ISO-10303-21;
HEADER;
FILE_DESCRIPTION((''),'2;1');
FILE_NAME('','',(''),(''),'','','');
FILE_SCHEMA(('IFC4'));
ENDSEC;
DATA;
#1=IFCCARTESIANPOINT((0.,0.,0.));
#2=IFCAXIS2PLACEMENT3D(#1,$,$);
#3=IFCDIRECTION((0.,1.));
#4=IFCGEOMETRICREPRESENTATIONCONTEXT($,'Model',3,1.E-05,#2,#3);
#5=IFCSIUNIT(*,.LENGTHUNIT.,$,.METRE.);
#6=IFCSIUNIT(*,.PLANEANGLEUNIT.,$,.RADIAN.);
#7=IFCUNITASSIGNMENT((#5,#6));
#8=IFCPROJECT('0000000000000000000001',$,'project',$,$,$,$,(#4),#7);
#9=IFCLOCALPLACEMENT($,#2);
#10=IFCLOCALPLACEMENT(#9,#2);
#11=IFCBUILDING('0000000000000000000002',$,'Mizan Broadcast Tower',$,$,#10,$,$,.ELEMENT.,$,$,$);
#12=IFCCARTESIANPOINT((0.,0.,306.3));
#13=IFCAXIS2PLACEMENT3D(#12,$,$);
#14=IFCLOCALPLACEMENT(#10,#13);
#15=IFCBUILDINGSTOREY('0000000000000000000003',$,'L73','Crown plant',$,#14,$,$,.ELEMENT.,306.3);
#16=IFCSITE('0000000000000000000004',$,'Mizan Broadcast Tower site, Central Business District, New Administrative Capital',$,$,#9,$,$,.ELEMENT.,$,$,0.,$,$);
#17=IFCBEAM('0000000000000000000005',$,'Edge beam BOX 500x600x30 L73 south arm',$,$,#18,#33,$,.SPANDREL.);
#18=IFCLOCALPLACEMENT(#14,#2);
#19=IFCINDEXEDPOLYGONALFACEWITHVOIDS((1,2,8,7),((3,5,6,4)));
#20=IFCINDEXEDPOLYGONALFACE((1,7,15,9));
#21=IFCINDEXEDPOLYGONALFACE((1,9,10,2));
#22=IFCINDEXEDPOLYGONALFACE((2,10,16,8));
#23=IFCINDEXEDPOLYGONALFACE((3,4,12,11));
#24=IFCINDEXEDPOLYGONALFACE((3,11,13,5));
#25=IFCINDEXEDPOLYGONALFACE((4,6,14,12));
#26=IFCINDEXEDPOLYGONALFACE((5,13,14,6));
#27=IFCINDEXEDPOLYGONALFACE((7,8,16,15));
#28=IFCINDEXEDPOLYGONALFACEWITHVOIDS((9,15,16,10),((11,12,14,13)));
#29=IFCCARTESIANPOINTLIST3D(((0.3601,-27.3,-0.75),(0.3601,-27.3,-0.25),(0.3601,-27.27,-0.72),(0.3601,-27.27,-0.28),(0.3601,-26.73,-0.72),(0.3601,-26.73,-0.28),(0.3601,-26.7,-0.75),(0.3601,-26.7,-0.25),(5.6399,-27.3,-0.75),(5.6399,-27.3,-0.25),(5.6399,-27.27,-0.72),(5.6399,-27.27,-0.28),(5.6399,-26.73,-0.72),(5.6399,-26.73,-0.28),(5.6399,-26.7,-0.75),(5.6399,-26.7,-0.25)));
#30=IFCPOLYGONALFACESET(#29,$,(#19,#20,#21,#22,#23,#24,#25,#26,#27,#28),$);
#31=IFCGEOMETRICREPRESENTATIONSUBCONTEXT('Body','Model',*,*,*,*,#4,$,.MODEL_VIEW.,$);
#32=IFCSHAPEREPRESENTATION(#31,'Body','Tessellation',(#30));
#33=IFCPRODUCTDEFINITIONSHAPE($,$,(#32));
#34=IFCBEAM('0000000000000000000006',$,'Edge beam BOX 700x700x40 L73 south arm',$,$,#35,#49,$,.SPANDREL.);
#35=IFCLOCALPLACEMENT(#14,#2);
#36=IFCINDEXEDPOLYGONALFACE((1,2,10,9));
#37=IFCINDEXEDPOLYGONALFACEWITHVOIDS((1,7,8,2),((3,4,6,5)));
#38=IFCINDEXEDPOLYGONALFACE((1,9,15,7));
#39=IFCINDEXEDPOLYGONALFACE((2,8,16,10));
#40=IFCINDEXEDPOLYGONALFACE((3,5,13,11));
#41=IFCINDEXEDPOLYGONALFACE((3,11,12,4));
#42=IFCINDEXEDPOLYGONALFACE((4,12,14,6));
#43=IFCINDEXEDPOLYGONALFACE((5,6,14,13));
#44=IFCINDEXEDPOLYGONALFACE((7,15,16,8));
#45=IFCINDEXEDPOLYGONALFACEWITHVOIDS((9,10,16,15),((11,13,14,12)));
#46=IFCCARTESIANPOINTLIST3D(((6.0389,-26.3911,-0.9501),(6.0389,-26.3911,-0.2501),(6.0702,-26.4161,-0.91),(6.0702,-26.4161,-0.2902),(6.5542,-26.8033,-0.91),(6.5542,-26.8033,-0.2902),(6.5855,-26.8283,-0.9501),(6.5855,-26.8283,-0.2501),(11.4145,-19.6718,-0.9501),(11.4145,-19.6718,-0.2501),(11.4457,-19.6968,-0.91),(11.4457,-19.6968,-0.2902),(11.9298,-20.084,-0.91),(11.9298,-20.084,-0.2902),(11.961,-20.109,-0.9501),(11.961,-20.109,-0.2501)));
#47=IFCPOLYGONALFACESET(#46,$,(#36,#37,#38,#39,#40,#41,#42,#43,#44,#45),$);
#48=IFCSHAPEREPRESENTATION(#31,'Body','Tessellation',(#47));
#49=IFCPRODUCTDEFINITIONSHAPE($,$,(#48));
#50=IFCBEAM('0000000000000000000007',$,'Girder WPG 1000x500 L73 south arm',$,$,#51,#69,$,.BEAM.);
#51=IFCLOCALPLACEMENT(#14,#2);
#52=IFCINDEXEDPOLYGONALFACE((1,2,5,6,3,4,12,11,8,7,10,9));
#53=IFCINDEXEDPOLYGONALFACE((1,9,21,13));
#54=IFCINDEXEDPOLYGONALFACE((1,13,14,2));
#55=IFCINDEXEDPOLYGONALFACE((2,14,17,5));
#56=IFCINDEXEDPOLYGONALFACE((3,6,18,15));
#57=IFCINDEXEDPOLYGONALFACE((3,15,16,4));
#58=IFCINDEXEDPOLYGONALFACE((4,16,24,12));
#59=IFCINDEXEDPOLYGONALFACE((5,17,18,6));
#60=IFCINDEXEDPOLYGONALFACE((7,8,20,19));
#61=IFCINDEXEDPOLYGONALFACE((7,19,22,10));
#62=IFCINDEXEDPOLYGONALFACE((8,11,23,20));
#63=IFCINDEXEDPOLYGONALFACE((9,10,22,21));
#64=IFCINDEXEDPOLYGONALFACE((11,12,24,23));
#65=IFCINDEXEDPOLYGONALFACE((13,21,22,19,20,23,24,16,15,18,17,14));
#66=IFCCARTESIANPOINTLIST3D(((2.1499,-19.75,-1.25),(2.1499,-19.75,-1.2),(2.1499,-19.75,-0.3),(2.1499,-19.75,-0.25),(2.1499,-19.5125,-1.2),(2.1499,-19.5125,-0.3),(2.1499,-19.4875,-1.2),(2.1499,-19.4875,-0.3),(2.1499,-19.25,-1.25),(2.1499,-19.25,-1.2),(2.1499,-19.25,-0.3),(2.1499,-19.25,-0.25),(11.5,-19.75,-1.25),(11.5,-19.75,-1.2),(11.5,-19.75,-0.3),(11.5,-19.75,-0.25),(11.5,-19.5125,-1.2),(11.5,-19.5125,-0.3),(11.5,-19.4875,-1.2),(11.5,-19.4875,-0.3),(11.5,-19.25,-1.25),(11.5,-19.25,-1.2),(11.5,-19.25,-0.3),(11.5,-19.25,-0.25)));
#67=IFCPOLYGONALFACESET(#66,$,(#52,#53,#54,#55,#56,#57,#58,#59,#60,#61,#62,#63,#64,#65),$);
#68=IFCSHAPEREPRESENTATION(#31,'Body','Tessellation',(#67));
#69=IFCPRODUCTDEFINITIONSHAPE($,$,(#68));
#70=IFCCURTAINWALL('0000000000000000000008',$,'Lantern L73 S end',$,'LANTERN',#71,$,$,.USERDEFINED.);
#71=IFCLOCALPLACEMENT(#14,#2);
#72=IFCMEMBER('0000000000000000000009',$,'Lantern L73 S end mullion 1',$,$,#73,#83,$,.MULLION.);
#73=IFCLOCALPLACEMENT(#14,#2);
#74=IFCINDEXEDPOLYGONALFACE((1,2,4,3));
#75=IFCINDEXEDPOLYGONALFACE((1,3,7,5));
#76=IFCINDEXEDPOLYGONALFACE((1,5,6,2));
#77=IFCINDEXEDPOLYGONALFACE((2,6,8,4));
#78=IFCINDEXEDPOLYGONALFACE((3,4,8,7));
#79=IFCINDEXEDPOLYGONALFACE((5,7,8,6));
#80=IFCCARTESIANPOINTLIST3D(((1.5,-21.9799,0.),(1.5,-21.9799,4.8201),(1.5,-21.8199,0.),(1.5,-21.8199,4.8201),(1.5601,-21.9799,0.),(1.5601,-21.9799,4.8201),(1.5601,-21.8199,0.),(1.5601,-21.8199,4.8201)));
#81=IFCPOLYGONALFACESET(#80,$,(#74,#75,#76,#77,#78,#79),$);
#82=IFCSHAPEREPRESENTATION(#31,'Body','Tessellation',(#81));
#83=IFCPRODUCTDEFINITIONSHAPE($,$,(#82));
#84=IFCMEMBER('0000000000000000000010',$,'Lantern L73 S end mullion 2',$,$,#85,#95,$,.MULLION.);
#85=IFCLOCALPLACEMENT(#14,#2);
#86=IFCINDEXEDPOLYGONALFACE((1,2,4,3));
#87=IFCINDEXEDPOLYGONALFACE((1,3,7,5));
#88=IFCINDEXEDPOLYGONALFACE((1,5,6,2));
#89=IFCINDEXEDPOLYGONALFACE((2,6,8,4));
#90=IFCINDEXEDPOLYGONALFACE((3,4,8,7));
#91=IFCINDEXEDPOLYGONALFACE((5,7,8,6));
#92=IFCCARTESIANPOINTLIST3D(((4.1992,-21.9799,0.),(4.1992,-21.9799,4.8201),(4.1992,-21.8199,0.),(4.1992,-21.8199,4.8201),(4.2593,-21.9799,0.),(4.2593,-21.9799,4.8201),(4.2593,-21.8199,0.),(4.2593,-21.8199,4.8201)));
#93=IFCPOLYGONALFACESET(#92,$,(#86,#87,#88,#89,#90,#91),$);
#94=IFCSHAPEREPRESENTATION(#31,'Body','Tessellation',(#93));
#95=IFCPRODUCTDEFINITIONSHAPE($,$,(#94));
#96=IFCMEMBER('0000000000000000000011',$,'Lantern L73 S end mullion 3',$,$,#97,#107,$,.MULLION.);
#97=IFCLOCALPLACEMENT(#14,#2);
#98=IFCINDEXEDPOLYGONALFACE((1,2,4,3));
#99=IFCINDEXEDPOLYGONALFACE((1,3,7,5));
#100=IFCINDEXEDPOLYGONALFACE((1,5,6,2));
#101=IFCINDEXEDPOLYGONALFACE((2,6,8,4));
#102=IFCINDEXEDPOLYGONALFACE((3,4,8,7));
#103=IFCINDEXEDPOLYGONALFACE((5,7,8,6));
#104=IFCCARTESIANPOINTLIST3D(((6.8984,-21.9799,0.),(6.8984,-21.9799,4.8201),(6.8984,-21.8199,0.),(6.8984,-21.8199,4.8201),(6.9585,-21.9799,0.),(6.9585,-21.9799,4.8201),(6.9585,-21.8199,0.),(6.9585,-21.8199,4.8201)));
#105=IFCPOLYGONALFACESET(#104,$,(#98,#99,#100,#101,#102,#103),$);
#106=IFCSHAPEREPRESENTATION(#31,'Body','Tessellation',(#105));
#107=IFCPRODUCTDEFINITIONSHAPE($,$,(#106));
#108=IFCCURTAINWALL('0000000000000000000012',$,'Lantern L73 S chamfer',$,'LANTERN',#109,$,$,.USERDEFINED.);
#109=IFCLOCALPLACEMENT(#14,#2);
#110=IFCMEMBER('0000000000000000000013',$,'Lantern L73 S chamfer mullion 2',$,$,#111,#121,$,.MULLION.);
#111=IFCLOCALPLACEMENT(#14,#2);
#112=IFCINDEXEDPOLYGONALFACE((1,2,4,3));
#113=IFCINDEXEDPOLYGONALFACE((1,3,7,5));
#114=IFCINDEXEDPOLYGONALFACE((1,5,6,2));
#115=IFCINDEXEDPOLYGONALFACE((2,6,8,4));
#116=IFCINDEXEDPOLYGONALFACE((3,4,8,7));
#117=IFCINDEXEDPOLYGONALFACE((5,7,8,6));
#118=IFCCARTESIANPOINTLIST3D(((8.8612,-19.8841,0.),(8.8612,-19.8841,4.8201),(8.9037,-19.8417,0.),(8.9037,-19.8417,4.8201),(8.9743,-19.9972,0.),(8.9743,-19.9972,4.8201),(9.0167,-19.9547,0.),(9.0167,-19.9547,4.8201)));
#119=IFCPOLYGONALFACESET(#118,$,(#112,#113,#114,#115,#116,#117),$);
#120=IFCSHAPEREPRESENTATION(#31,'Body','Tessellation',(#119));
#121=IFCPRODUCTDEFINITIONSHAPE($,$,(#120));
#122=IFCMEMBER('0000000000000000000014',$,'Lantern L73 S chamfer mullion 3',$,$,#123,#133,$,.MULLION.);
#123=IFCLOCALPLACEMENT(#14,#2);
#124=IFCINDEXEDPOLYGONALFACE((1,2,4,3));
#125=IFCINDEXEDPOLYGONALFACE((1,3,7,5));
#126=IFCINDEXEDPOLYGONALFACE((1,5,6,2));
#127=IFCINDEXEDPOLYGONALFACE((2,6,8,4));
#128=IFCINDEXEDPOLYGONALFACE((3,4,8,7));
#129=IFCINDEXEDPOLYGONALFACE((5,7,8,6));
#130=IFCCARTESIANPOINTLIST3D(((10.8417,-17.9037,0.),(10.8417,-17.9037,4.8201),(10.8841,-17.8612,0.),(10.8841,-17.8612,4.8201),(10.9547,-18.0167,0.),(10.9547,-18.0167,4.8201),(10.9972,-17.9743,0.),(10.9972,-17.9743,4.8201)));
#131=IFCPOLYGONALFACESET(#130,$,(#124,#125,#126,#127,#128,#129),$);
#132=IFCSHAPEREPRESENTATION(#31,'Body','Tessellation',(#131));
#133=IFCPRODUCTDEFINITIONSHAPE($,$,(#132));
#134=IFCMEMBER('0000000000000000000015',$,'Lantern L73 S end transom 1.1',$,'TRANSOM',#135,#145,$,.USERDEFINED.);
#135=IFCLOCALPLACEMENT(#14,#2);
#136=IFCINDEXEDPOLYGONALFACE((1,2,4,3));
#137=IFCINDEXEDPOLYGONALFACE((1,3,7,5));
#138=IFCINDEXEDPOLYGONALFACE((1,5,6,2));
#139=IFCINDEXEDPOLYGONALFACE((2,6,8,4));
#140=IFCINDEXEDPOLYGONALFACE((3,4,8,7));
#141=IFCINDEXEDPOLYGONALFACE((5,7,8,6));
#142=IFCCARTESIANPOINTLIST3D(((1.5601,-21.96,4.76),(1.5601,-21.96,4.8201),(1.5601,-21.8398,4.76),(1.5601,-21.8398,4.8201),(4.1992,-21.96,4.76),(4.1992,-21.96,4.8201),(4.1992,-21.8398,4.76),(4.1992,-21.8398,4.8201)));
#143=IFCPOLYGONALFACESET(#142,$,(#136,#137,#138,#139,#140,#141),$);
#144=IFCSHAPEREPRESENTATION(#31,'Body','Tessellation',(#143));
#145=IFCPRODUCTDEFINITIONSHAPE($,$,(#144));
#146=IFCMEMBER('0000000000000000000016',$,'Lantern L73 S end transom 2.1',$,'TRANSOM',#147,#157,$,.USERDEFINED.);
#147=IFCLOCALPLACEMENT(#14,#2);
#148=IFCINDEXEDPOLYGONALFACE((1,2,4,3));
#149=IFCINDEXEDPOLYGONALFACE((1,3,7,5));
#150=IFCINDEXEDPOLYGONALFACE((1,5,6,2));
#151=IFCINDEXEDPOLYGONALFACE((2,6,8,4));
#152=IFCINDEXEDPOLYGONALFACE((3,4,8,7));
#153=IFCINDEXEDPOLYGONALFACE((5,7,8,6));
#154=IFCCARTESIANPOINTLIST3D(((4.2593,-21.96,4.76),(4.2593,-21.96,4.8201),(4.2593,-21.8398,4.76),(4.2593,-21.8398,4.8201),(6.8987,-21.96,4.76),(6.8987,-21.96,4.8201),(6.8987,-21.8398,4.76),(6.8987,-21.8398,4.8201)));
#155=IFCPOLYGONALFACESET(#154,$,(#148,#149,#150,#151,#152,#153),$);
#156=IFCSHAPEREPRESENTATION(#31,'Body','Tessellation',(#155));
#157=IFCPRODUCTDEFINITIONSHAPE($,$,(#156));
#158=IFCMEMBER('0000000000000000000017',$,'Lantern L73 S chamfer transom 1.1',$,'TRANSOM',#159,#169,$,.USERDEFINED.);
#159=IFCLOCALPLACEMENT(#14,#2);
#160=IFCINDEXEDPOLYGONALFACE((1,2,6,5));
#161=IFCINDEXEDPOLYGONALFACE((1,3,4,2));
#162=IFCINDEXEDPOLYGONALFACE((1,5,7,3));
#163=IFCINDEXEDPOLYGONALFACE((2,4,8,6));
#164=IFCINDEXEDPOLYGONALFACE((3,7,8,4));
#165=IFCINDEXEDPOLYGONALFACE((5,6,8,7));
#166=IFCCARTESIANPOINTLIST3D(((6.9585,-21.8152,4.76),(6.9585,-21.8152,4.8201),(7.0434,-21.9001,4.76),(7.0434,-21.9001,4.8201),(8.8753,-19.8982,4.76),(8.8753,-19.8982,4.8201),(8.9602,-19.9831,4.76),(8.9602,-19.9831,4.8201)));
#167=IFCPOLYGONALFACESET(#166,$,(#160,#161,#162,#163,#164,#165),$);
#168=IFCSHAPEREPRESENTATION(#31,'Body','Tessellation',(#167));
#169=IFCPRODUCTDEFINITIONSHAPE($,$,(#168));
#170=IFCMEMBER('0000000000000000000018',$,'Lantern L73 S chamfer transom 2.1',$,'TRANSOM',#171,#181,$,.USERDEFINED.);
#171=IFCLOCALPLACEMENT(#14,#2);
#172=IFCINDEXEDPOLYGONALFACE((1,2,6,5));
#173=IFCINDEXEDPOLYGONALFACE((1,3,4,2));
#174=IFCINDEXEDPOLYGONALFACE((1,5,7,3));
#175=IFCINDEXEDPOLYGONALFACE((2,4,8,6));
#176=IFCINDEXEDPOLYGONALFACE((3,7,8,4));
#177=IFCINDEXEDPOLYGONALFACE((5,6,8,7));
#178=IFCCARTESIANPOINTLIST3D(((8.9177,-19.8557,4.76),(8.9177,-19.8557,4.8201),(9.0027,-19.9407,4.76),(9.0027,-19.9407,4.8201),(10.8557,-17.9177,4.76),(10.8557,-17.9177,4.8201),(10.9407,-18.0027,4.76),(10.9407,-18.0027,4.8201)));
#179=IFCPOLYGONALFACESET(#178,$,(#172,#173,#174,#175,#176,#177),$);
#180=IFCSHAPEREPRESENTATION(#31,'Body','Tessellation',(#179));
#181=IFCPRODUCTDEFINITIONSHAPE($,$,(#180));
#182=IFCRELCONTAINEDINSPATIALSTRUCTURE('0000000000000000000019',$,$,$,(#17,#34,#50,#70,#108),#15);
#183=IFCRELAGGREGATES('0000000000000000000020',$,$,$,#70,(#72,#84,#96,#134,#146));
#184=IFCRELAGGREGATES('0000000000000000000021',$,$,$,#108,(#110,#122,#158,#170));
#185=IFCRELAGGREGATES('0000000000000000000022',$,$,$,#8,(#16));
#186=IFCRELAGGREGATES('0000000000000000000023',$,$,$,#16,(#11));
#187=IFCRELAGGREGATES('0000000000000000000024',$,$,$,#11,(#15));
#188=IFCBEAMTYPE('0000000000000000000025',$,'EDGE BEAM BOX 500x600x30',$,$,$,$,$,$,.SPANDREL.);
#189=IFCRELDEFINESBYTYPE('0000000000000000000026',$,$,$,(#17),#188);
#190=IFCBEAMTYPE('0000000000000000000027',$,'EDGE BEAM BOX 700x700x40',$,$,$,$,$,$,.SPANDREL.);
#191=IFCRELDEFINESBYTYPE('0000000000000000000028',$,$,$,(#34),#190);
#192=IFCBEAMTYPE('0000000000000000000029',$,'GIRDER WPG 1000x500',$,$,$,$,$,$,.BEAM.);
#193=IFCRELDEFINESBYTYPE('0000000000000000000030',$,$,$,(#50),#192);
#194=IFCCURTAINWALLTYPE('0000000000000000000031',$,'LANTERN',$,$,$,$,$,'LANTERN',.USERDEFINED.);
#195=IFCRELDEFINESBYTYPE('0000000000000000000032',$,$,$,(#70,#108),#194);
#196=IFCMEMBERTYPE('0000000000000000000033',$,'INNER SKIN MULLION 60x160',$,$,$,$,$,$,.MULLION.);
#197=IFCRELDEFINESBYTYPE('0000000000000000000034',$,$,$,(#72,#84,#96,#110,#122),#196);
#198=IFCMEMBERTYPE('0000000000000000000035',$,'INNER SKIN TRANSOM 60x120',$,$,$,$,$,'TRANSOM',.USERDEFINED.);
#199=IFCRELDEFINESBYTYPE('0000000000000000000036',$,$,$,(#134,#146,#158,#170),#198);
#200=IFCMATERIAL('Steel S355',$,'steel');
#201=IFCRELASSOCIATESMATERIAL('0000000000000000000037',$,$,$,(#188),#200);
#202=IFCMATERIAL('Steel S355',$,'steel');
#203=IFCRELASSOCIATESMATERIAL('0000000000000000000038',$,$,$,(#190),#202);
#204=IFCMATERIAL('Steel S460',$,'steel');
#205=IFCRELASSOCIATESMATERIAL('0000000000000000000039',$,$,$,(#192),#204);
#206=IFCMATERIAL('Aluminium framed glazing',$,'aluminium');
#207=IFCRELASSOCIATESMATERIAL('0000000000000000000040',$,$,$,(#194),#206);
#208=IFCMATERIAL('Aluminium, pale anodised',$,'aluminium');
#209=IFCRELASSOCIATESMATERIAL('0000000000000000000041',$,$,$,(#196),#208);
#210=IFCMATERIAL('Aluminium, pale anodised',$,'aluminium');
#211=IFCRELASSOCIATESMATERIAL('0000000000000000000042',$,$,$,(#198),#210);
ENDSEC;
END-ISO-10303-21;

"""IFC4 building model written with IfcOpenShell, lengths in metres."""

from ifc_helpers import new_model, si_unit, direction, frame, origin, origin_2d, place, context, subcontext, project, spatial, rectangle, hollow_rectangle, i_section, extrude, material, material_profile, profile_set, type_object, element, aggregate, save


model = new_model("IFC4")

# Units and contexts
model_context = context("Model", 3, precision=1e-05, world=origin(), true_north=direction((0.0, 1.0)))
body_context = subcontext(model_context, "Body", "Model", "MODEL_VIEW")
ifc_project = project(units=[si_unit("LENGTHUNIT", "METRE"), si_unit("PLANEANGLEUNIT", "RADIAN")], contexts=[model_context])

# Site, building, storey
site_placement = place(None, origin())
site = spatial("IfcSite", under=ifc_project, at=site_placement, Name="Mizan Broadcast Tower site, Central Business District, New Administrative Capital", CompositionType="ELEMENT", RefElevation=0.0)
building_placement = place(site_placement, origin())
building = spatial("IfcBuilding", under=site, at=building_placement, Name="Mizan Broadcast Tower", CompositionType="ELEMENT")
storey_placement = place(building_placement, frame((0.0, 0.0, 306.3)))
storey = spatial("IfcBuildingStorey", under=building, at=storey_placement, Name="L73", Description="Crown plant", CompositionType="ELEMENT", Elevation=306.3)

# Beams
ifc_material_1 = material(Name="Steel S355", Category="steel")
ifc_material_profile_1 = material_profile(ifc_material_1, hollow_rectangle(XDim=0.6001, YDim=0.5, WallThickness=0.03, at=origin_2d()), Name="BOX 500x600x30")
ifc_profile_set_1 = profile_set([ifc_material_profile_1], Name="Steel S355")
beam_type_1 = type_object("IfcBeamType", Name="EDGE BEAM BOX 500x600x30", PredefinedType="SPANDREL", material=ifc_profile_set_1)
beam_1_placement = place(storey_placement, frame((5.6399, -27.0, -0.5), z_axis=(-1.0, 0.0, 0.0), x_axis=(0.0, -1.0, 0.0)))
element("IfcBeam", 1, at=beam_1_placement, inside=storey, type_object=beam_type_1, Name="Edge beam BOX 500x600x30 L73 south arm", PredefinedType="SPANDREL", context=body_context, shape_type="SweptSolid", body=[
    extrude(hollow_rectangle(XDim=0.6001, YDim=0.5, WallThickness=0.03, at=origin_2d()), origin(), (0.0, 0.0, 1.0), 5.2798),
])
ifc_material_2 = material(Name="Steel S355", Category="steel")
ifc_material_profile_2 = material_profile(ifc_material_2, hollow_rectangle(XDim=0.7, YDim=0.7, WallThickness=0.04, at=origin_2d()), Name="BOX 700x700x40")
ifc_profile_set_2 = profile_set([ifc_material_profile_2], Name="Steel S355")
beam_type_2 = type_object("IfcBeamType", Name="EDGE BEAM BOX 700x700x40", PredefinedType="SPANDREL", material=ifc_profile_set_2)
beam_2_placement = place(storey_placement, frame((11.6877, -19.8904, -0.6001), z_axis=(-0.624702, -0.780863, 0.0), x_axis=(0.780863, -0.624702, 0.0)))
element("IfcBeam", 2, at=beam_2_placement, inside=storey, type_object=beam_type_2, Name="Edge beam BOX 700x700x40 L73 south arm", PredefinedType="SPANDREL", context=body_context, shape_type="SweptSolid", body=[
    extrude(hollow_rectangle(XDim=0.7, YDim=0.7, WallThickness=0.04, at=origin_2d()), origin(), (0.0, 0.0, 1.0), 8.605),
])
ifc_material_3 = material(Name="Steel S460", Category="steel")
ifc_material_profile_3 = material_profile(ifc_material_3, i_section(OverallWidth=0.5, OverallDepth=1.0, WebThickness=0.0249, FlangeThickness=0.05, at=origin_2d()), Name="WPG 1000x500")
ifc_profile_set_3 = profile_set([ifc_material_profile_3], Name="Steel S460")
beam_type_3 = type_object("IfcBeamType", Name="GIRDER WPG 1000x500", PredefinedType="BEAM", material=ifc_profile_set_3)
beam_3_placement = place(storey_placement, frame((11.5, -19.5, -0.75), z_axis=(-1.0, 0.0, 0.0), x_axis=(0.0, -1.0, 0.0)))
element("IfcBeam", 3, at=beam_3_placement, inside=storey, type_object=beam_type_3, Name="Girder WPG 1000x500 L73 south arm", PredefinedType="BEAM", context=body_context, shape_type="SweptSolid", body=[
    extrude(i_section(OverallWidth=0.5, OverallDepth=1.0, WebThickness=0.0249, FlangeThickness=0.05, at=origin_2d()), origin(), (0.0, 0.0, 1.0), 9.3501),
])

# Curtain walls, members
ifc_material_4 = material(Name="Aluminium framed glazing", Category="aluminium")
curtain_wall_type = type_object("IfcCurtainWallType", Name="LANTERN", ElementType="LANTERN", PredefinedType="USERDEFINED", material=ifc_material_4)
curtain_wall_1_placement = place(storey_placement, origin())
curtain_wall_1 = element("IfcCurtainWall", 4, at=curtain_wall_1_placement, inside=storey, type_object=curtain_wall_type, Name="Lantern L73 S end", ObjectType="LANTERN", PredefinedType="USERDEFINED")
ifc_material_5 = material(Name="Aluminium, pale anodised", Category="aluminium")
ifc_material_profile_4 = material_profile(ifc_material_5, rectangle(XDim=0.1599, YDim=0.0601, at=origin_2d()), Name="MULLION 160x60")
ifc_profile_set_4 = profile_set([ifc_material_profile_4], Name="Aluminium, pale anodised")
member_type_1 = type_object("IfcMemberType", Name="INNER SKIN MULLION 60x160", PredefinedType="MULLION", material=ifc_profile_set_4)
member_1_placement = place(storey_placement, frame((1.53, -21.8999, 0.0), z_axis=(0.0, 0.0, 1.0), x_axis=(0.0, 1.0, 0.0)))
member_1 = element("IfcMember", 5, at=member_1_placement, type_object=member_type_1, Name="Lantern L73 S end mullion 1", PredefinedType="MULLION", context=body_context, shape_type="SweptSolid", body=[
    extrude(rectangle(XDim=0.1599, YDim=0.0601, at=origin_2d()), origin(), (0.0, 0.0, 1.0), 4.8201),
])
member_2_placement = place(storey_placement, frame((4.2292, -21.8999, 0.0), z_axis=(0.0, 0.0, 1.0), x_axis=(0.0, 1.0, 0.0)))
member_2 = element("IfcMember", 6, at=member_2_placement, type_object=member_type_1, Name="Lantern L73 S end mullion 2", PredefinedType="MULLION", context=body_context, shape_type="SweptSolid", body=[
    extrude(rectangle(XDim=0.1599, YDim=0.0601, at=origin_2d()), origin(), (0.0, 0.0, 1.0), 4.8201),
])
member_3_placement = place(storey_placement, frame((6.9285, -21.8999, 0.0), z_axis=(0.0, 0.0, 1.0), x_axis=(0.0, 1.0, 0.0)))
member_3 = element("IfcMember", 7, at=member_3_placement, type_object=member_type_1, Name="Lantern L73 S end mullion 3", PredefinedType="MULLION", context=body_context, shape_type="SweptSolid", body=[
    extrude(rectangle(XDim=0.1599, YDim=0.0601, at=origin_2d()), origin(), (0.0, 0.0, 1.0), 4.8201),
])
curtain_wall_2_placement = place(storey_placement, origin())
curtain_wall_2 = element("IfcCurtainWall", 8, at=curtain_wall_2_placement, inside=storey, type_object=curtain_wall_type, Name="Lantern L73 S chamfer", ObjectType="LANTERN", PredefinedType="USERDEFINED")
member_4_placement = place(storey_placement, frame((8.939, -19.9194, 0.0), z_axis=(0.0, 0.0, 1.0), x_axis=(-0.707107, 0.707107, 0.0)))
member_4 = element("IfcMember", 9, at=member_4_placement, type_object=member_type_1, Name="Lantern L73 S chamfer mullion 2", PredefinedType="MULLION", context=body_context, shape_type="SweptSolid", body=[
    extrude(rectangle(XDim=0.1599, YDim=0.0601, at=origin_2d()), origin(), (0.0, 0.0, 1.0), 4.8201),
])
member_5_placement = place(storey_placement, frame((10.9194, -17.939, 0.0), z_axis=(0.0, 0.0, 1.0), x_axis=(-0.707107, 0.707107, 0.0)))
member_5 = element("IfcMember", 10, at=member_5_placement, type_object=member_type_1, Name="Lantern L73 S chamfer mullion 3", PredefinedType="MULLION", context=body_context, shape_type="SweptSolid", body=[
    extrude(rectangle(XDim=0.1599, YDim=0.0601, at=origin_2d()), origin(), (0.0, 0.0, 1.0), 4.8201),
])

# Members
ifc_material_6 = material(Name="Aluminium, pale anodised", Category="aluminium")
ifc_material_profile_5 = material_profile(ifc_material_6, rectangle(XDim=0.1201, YDim=0.0601, at=origin_2d()), Name="TRANSOM 120x60")
ifc_profile_set_5 = profile_set([ifc_material_profile_5], Name="Aluminium, pale anodised")
member_type_2 = type_object("IfcMemberType", Name="INNER SKIN TRANSOM 60x120", ElementType="TRANSOM", PredefinedType="USERDEFINED", material=ifc_profile_set_5)
member_6_placement = place(storey_placement, frame((1.5601, -21.8999, 4.79), z_axis=(1.0, 0.0, 0.0), x_axis=(0.0, 1.0, 0.0)))
member_6 = element("IfcMember", 11, at=member_6_placement, type_object=member_type_2, Name="Lantern L73 S end transom 1.1", ObjectType="TRANSOM", PredefinedType="USERDEFINED", context=body_context, shape_type="SweptSolid", body=[
    extrude(rectangle(XDim=0.1201, YDim=0.0601, at=origin_2d()), origin(), (0.0, 0.0, 1.0), 2.6392),
])
member_7_placement = place(storey_placement, frame((4.2593, -21.8999, 4.79), z_axis=(1.0, 0.0, 0.0), x_axis=(0.0, 1.0, 0.0)))
member_7 = element("IfcMember", 12, at=member_7_placement, type_object=member_type_2, Name="Lantern L73 S end transom 2.1", ObjectType="TRANSOM", PredefinedType="USERDEFINED", context=body_context, shape_type="SweptSolid", body=[
    extrude(rectangle(XDim=0.1201, YDim=0.0601, at=origin_2d()), origin(), (0.0, 0.0, 1.0), 2.6394),
])
member_8_placement = place(storey_placement, frame((7.001, -21.8577, 4.79), z_axis=(0.707062, 0.707152, 0.0), x_axis=(-0.707152, 0.707062, 0.0)))
member_8 = element("IfcMember", 13, at=member_8_placement, type_object=member_type_2, Name="Lantern L73 S chamfer transom 1.1", ObjectType="TRANSOM", PredefinedType="USERDEFINED", context=body_context, shape_type="SweptSolid", body=[
    extrude(rectangle(XDim=0.1201, YDim=0.0601, at=origin_2d()), origin(), (0.0, 0.0, 1.0), 2.7109),
])
member_9_placement = place(storey_placement, frame((8.9602, -19.8982, 4.79), z_axis=(0.707107, 0.707107, 0.0), x_axis=(-0.707107, 0.707107, 0.0)))
member_9 = element("IfcMember", 14, at=member_9_placement, type_object=member_type_2, Name="Lantern L73 S chamfer transom 2.1", ObjectType="TRANSOM", PredefinedType="USERDEFINED", context=body_context, shape_type="SweptSolid", body=[
    extrude(rectangle(XDim=0.1201, YDim=0.0601, at=origin_2d()), origin(), (0.0, 0.0, 1.0), 2.7407),
])

aggregate(curtain_wall_1, [member_1, member_2, member_3, member_6, member_7])
aggregate(curtain_wall_2, [member_4, member_5, member_8, member_9])

save(model, "model.ifc")
